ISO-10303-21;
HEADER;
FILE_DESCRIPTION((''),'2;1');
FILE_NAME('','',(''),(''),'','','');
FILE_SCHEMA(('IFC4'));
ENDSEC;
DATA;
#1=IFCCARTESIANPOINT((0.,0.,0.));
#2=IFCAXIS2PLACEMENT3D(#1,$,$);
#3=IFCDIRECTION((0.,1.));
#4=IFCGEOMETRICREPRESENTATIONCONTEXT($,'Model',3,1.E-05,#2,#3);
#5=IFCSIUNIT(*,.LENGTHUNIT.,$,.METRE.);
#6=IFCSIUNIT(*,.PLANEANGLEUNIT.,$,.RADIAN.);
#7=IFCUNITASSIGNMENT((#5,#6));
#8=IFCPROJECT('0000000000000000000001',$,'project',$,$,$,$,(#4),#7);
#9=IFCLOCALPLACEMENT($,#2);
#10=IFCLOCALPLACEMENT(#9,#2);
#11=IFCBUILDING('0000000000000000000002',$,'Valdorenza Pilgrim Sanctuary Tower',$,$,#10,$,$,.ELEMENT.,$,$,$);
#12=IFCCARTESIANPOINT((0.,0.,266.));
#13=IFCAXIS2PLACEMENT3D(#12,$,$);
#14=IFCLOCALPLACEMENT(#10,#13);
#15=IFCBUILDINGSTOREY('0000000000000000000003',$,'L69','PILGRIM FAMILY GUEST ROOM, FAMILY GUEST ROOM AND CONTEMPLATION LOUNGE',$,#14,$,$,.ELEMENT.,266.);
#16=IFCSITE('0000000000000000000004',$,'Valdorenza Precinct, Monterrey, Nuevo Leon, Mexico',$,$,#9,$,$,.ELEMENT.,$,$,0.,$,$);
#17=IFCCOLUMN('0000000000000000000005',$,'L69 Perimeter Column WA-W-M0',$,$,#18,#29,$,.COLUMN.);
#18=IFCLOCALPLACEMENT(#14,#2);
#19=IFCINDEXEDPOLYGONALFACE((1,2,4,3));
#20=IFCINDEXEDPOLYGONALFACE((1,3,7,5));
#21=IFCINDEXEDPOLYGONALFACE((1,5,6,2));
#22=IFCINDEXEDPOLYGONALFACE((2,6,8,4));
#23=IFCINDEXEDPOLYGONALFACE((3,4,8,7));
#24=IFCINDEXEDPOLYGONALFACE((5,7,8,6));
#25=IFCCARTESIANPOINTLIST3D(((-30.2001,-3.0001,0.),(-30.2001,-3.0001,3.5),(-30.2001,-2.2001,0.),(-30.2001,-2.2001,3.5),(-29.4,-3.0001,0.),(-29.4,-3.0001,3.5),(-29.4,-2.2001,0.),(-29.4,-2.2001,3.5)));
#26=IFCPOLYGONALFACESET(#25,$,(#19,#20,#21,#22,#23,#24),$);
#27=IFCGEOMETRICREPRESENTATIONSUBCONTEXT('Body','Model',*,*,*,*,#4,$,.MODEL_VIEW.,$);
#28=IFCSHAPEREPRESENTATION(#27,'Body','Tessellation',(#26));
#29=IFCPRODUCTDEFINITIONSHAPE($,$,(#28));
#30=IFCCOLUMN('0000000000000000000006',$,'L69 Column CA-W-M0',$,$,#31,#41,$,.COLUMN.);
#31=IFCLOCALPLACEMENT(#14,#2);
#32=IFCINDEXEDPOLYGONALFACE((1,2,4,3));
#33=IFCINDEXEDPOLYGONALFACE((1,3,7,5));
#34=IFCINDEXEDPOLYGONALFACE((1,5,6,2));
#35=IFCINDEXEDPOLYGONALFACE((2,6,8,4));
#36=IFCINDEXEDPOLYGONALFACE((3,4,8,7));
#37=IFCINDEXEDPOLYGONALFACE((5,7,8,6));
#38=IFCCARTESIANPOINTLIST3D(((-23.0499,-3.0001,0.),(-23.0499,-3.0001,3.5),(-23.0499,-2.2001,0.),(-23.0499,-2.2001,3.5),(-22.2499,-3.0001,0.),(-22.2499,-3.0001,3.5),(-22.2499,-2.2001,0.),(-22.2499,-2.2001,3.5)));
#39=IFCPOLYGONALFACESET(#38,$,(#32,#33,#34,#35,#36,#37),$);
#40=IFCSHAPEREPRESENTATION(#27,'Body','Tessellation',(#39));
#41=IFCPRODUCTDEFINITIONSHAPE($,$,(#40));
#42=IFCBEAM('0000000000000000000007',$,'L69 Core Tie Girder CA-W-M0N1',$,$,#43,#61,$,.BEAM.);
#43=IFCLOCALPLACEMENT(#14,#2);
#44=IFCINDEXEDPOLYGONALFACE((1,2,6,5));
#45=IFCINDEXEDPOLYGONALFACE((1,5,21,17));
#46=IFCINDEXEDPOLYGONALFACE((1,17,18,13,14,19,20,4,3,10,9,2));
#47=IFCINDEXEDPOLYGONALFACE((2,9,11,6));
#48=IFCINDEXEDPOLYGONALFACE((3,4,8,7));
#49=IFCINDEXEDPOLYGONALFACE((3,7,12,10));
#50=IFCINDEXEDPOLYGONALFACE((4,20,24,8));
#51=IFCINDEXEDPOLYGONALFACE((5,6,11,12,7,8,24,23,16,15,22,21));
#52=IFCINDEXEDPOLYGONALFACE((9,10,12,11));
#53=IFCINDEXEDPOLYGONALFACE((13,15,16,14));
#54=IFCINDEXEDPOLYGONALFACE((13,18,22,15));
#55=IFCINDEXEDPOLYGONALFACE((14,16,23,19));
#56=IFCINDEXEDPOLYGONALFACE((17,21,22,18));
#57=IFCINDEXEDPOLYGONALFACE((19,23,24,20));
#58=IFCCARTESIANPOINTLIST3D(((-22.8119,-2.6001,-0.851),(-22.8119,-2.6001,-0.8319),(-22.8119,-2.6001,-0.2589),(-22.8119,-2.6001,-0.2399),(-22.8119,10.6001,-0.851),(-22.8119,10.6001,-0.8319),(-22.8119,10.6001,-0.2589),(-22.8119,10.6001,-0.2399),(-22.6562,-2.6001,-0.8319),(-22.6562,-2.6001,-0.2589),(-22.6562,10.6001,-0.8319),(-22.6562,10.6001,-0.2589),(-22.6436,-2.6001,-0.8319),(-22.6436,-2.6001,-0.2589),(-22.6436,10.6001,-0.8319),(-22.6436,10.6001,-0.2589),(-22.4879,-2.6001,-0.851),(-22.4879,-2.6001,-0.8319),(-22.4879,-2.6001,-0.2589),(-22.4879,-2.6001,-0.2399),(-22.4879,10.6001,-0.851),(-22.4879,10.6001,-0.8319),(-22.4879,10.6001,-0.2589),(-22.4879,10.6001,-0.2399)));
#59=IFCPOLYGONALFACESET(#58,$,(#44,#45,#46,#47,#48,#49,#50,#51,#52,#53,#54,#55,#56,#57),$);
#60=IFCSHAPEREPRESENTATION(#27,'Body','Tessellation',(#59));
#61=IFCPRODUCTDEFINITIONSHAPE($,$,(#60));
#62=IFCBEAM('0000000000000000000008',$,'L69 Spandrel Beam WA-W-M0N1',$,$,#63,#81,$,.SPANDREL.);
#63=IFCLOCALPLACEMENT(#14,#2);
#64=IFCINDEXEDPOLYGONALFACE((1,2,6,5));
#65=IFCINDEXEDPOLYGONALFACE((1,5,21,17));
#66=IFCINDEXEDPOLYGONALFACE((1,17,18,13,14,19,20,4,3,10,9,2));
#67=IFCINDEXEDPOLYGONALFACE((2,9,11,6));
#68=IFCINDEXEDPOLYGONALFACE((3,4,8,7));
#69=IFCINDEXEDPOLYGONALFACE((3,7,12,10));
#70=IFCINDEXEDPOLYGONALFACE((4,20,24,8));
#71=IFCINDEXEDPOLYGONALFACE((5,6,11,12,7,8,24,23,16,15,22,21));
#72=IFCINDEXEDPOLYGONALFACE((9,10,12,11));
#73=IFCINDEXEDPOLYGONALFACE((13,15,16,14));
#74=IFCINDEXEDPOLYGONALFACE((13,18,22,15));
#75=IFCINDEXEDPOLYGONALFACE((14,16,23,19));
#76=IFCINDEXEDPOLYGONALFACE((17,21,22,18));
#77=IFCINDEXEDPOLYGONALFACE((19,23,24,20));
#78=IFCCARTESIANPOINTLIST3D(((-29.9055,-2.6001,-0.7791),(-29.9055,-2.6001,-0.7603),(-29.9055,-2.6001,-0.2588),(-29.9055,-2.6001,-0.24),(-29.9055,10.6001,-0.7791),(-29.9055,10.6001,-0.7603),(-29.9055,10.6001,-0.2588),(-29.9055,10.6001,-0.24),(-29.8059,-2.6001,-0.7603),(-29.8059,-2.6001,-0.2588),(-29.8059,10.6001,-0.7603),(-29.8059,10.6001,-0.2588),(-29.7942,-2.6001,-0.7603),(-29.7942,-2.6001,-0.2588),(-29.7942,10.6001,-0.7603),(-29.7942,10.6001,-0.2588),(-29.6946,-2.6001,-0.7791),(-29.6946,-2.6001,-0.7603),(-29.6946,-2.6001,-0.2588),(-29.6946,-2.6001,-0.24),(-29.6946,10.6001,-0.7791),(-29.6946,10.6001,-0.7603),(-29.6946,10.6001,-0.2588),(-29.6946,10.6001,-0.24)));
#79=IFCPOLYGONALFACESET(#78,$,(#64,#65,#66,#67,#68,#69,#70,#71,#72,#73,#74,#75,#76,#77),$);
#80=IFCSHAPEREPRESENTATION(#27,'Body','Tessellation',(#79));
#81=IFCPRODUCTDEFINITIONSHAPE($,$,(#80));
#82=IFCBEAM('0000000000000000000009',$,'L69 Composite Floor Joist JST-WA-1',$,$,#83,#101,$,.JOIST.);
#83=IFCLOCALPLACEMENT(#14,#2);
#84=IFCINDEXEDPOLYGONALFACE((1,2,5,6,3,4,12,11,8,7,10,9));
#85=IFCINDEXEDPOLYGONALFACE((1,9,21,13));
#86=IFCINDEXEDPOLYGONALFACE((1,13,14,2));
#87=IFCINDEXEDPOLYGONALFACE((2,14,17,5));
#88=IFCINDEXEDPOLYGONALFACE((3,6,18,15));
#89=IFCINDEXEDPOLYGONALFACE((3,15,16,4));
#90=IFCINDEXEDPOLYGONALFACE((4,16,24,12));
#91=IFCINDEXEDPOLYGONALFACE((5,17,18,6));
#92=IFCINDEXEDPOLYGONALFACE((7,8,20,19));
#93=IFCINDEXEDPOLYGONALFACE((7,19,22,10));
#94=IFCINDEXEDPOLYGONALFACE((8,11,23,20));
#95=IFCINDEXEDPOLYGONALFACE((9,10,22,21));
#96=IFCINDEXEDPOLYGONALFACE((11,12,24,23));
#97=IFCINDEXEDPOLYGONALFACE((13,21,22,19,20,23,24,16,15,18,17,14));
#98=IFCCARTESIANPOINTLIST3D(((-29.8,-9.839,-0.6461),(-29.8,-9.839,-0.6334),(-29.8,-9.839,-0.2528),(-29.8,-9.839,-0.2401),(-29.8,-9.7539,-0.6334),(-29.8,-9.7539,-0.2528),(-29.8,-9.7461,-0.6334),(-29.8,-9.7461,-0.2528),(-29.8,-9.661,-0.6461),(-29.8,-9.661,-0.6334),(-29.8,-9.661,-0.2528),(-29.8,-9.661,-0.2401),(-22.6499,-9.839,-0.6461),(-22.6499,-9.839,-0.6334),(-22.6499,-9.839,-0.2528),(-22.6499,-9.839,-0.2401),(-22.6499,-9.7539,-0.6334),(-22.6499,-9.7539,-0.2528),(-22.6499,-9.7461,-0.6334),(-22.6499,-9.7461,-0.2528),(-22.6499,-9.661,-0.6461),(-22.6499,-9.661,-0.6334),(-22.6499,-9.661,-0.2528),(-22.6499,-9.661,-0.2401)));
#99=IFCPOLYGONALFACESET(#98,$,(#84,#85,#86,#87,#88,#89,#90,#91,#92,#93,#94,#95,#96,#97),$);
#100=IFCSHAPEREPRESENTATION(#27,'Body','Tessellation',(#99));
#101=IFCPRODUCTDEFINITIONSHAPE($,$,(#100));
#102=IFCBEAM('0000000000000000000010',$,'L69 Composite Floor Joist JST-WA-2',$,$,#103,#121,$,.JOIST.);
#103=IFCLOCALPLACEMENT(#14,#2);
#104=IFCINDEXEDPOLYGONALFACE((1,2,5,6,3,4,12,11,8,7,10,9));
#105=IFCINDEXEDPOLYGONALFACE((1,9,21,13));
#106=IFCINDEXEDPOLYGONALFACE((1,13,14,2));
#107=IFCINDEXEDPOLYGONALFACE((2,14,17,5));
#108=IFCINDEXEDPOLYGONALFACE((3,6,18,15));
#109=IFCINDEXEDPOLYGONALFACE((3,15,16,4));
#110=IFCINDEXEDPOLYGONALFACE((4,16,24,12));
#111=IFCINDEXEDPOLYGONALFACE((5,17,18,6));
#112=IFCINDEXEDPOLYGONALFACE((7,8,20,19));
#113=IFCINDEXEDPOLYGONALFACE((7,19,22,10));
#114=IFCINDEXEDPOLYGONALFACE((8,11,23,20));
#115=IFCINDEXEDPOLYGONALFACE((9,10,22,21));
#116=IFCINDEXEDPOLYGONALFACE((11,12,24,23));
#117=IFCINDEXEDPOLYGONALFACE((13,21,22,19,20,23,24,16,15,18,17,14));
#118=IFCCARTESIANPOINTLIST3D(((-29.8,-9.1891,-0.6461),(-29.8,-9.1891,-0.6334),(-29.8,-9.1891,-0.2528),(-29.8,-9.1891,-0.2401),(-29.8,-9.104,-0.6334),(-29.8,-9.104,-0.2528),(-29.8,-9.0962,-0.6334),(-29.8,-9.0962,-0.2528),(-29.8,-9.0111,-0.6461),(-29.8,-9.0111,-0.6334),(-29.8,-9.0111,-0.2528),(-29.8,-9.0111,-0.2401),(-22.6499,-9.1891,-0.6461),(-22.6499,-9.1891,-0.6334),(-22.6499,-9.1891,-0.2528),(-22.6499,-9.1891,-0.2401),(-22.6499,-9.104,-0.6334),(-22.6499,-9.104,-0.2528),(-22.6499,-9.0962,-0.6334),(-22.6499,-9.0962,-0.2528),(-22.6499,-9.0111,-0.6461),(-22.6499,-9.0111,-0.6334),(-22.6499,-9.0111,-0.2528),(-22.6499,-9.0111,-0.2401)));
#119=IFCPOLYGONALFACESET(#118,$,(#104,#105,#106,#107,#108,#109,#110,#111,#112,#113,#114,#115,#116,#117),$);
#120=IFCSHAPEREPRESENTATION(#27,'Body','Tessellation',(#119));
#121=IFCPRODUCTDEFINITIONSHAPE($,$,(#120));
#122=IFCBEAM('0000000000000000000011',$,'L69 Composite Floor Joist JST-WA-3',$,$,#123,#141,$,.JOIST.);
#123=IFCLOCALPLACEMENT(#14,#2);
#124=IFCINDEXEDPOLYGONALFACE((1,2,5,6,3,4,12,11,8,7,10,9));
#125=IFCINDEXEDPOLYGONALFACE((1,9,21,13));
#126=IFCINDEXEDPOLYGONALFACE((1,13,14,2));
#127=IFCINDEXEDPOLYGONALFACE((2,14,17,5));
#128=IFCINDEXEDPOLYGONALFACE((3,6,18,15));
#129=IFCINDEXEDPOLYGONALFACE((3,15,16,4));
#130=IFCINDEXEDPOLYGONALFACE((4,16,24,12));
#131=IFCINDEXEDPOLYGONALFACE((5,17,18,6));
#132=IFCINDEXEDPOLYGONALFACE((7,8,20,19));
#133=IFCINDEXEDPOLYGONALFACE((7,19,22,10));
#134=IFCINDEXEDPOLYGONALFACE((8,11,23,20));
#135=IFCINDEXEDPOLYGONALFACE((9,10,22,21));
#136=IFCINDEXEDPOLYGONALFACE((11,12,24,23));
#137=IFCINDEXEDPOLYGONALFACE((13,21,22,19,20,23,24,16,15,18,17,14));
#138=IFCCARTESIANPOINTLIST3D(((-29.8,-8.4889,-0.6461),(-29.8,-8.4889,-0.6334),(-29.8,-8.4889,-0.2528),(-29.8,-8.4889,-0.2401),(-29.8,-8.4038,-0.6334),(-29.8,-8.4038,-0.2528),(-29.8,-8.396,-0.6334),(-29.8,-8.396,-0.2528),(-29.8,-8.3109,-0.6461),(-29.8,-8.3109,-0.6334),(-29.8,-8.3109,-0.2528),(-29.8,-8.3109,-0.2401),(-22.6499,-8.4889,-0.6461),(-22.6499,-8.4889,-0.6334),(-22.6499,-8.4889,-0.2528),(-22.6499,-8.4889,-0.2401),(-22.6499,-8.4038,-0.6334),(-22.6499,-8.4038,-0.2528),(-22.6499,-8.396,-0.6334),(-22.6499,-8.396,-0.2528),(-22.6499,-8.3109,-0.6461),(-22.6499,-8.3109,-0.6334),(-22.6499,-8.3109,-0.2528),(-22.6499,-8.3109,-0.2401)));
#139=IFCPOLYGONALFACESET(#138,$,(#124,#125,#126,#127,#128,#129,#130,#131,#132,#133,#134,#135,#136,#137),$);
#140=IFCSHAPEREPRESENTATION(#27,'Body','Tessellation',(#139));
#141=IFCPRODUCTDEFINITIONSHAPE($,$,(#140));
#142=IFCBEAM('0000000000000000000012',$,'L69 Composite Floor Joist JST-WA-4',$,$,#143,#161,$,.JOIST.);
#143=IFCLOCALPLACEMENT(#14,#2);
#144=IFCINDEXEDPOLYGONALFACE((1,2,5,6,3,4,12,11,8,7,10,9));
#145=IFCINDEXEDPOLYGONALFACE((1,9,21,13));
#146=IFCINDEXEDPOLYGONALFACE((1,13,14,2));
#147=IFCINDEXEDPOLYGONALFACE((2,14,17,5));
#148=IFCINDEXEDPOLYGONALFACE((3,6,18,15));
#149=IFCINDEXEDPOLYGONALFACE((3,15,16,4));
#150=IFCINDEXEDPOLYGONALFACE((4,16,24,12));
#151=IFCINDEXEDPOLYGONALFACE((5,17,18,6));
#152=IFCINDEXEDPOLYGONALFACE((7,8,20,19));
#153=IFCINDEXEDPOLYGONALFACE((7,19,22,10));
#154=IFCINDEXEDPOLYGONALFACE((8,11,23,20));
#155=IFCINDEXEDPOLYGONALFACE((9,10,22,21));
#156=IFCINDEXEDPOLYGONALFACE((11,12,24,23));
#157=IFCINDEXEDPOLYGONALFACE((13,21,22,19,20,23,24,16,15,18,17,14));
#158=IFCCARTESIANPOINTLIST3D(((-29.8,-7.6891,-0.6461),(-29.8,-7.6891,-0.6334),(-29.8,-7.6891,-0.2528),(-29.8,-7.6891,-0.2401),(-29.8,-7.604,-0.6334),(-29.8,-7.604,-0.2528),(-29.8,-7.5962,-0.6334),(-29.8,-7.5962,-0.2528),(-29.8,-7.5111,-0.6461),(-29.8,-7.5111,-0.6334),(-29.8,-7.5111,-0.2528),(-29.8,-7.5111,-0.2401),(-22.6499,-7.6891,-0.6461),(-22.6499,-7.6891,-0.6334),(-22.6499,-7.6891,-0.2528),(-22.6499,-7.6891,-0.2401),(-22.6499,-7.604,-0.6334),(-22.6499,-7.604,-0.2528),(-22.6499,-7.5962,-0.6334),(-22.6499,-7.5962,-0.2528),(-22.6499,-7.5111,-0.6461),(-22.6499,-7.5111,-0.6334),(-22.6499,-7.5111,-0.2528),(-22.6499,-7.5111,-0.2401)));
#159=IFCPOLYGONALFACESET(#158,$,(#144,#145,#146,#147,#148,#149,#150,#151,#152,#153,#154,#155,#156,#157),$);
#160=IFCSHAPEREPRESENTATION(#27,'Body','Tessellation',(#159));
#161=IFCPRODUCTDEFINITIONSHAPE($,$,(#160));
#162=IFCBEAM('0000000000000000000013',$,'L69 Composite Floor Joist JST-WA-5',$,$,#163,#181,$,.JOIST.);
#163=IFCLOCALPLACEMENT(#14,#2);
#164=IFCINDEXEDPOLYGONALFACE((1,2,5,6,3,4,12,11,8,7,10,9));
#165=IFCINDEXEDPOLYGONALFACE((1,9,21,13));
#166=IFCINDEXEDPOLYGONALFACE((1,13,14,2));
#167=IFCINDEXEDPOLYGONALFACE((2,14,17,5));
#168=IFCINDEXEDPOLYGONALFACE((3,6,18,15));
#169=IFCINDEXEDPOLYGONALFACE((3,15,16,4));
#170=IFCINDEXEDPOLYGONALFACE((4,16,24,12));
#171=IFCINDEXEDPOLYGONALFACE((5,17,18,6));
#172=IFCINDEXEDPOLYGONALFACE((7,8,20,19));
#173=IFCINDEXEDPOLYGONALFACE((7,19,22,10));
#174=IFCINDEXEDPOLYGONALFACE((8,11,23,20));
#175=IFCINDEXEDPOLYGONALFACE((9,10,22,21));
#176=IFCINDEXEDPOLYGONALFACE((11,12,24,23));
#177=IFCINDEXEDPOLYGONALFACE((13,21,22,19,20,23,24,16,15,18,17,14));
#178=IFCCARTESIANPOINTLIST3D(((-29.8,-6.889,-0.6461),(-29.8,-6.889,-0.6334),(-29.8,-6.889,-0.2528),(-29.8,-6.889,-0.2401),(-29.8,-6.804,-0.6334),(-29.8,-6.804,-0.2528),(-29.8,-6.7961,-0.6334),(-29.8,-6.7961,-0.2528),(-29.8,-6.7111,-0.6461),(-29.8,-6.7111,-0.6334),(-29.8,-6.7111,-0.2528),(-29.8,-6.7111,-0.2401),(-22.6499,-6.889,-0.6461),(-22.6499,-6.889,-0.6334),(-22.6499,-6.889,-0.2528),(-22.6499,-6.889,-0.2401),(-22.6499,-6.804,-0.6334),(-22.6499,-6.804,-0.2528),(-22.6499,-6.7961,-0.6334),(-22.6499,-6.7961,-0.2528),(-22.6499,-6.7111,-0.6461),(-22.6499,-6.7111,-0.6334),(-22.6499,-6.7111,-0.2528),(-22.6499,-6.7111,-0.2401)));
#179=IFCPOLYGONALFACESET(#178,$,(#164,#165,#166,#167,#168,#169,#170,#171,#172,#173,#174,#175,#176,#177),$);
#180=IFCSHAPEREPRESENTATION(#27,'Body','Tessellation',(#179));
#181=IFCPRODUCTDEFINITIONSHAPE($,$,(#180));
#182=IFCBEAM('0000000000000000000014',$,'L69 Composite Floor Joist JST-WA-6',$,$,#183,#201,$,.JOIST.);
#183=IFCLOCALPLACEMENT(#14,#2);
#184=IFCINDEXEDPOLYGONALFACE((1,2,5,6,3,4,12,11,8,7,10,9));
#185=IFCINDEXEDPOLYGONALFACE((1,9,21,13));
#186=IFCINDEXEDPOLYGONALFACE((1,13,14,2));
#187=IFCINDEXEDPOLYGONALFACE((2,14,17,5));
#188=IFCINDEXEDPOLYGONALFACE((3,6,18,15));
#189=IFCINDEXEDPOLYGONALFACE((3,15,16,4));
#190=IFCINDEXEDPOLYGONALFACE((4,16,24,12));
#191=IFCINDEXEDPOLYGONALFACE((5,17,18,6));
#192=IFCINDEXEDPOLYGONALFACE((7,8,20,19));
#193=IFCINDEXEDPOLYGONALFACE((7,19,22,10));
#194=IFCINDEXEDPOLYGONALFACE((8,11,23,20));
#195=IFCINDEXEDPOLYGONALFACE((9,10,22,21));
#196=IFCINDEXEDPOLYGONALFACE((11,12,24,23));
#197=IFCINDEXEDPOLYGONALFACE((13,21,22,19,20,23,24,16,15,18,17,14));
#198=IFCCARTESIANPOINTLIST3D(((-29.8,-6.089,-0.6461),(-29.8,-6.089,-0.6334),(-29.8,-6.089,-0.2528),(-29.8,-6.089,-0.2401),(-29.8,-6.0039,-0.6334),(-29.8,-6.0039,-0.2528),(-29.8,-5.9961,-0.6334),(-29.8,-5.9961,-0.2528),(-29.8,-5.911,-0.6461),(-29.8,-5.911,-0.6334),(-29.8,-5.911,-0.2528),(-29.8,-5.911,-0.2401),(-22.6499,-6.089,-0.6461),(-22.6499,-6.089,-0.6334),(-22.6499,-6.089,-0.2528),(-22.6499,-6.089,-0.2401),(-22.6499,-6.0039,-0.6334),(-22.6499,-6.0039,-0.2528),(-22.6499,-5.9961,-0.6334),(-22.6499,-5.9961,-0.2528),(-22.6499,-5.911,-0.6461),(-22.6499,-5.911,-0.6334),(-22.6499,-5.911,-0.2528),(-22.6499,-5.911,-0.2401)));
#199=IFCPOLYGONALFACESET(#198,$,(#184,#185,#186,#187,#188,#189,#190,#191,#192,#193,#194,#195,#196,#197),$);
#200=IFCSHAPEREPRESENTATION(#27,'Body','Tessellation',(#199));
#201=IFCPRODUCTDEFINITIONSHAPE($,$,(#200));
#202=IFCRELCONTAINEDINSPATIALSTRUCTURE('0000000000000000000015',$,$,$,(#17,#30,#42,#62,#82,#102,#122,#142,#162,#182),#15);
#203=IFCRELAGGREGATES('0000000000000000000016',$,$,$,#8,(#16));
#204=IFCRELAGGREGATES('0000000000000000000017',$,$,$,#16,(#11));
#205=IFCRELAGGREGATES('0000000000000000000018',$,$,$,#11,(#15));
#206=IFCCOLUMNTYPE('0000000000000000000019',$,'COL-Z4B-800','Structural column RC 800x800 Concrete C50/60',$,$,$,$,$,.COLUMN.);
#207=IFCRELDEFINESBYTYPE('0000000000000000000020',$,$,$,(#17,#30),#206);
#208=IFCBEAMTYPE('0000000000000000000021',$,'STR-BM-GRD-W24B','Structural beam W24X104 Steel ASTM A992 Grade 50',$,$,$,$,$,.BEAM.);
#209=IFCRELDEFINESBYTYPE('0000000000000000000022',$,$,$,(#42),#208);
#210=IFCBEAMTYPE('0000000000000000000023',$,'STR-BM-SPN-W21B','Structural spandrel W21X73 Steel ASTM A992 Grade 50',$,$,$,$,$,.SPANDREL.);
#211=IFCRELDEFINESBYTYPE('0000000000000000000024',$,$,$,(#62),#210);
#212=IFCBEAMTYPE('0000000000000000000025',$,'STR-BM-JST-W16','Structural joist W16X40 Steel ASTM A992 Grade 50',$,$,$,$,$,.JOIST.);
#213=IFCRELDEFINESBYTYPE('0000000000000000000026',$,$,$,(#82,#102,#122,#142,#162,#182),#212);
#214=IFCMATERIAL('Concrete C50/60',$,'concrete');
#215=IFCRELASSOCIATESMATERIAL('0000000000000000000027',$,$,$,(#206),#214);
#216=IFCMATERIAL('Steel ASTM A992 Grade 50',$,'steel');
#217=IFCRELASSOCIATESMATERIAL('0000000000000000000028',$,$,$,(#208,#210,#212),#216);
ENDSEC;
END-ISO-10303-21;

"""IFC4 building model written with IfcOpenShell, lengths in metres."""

from ifc_helpers import new_model, si_unit, direction, frame, origin, origin_2d, place, context, subcontext, project, spatial, rectangle, i_section, extrude, source, transform, mapped, material, material_profile, profile_set, type_object, element, save


model = new_model("IFC4")

# Units and contexts
model_context = context("Model", 3, precision=1e-05, world=origin(), true_north=direction((0.0, 1.0)))
body_context = subcontext(model_context, "Body", "Model", "MODEL_VIEW")
ifc_project = project(units=[si_unit("LENGTHUNIT", "METRE"), si_unit("PLANEANGLEUNIT", "RADIAN")], contexts=[model_context])

# Site, building, storey
site_placement = place(None, origin())
site = spatial("IfcSite", under=ifc_project, at=site_placement, Name="Valdorenza Precinct, Monterrey, Nuevo Leon, Mexico", CompositionType="ELEMENT", RefElevation=0.0)
building_placement = place(site_placement, origin())
building = spatial("IfcBuilding", under=site, at=building_placement, Name="Valdorenza Pilgrim Sanctuary Tower", CompositionType="ELEMENT")
storey_placement = place(building_placement, frame((0.0, 0.0, 266.0)))
storey = spatial("IfcBuildingStorey", under=building, at=storey_placement, Name="L69", Description="PILGRIM FAMILY GUEST ROOM, FAMILY GUEST ROOM AND CONTEMPLATION LOUNGE", CompositionType="ELEMENT", Elevation=266.0)

# Columns
ifc_material_1 = material(Name="Concrete C50/60", Category="concrete")
ifc_material_profile_1 = material_profile(ifc_material_1, rectangle(XDim=0.8, YDim=0.8, at=origin_2d()), Name="RC 800x800")
ifc_profile_set_1 = profile_set([ifc_material_profile_1], Name="Concrete C50/60")
column_type = type_object("IfcColumnType", Name="COL-Z4B-800", Description="Structural column RC 800x800 Concrete C50/60", PredefinedType="COLUMN", material=ifc_profile_set_1)
shared_shape_1 = source(origin(), body_context, "Body", "SweptSolid", [
    extrude(rectangle(XDim=0.8, YDim=0.8, at=origin_2d()), origin(), (0.0, 0.0, 1.0), 3.5),
])
for number, where, z_axis, x_axis, name in (
    (1, (-29.8, -2.6001, 0.0), (0.0, 0.0, 1.0), (1.0, 0.0, 0.0), "L69 Perimeter Column WA-W-M0"),
    (2, (-22.6499, -2.6001, 0.0), (0.0, 0.0, 1.0), (1.0, 0.0, 0.0), "L69 Column CA-W-M0"),
):
    element("IfcColumn", number, at=place(storey_placement, frame(where, z_axis=z_axis, x_axis=x_axis)), inside=storey, type_object=column_type, Name=name, PredefinedType="COLUMN", context=body_context, shape_type="MappedRepresentation", body=[
        mapped(shared_shape_1, transform((0.0, 0.0, 0.0), x_axis=(1.0, 0.0, 0.0), y_axis=(0.0, 1.0, 0.0), z_axis=(0.0, 0.0, 1.0), scale=1.0)),
    ])

# Beams
ifc_material_2 = material(Name="Steel ASTM A992 Grade 50", Category="steel")
ifc_material_profile_2 = material_profile(ifc_material_2, i_section(OverallWidth=0.324, OverallDepth=0.6111, WebThickness=0.0127, FlangeThickness=0.019, at=origin_2d()), Name="W24X104")
ifc_profile_set_2 = profile_set([ifc_material_profile_2], Name="Steel ASTM A992 Grade 50")
beam_type_1 = type_object("IfcBeamType", Name="STR-BM-GRD-W24B", Description="Structural beam W24X104 Steel ASTM A992 Grade 50", PredefinedType="BEAM", material=ifc_profile_set_2)
shared_shape_2 = source(origin(), body_context, "Body", "SweptSolid", [
    extrude(i_section(OverallWidth=0.324, OverallDepth=0.6111, WebThickness=0.0127, FlangeThickness=0.019, at=origin_2d()), origin(), (0.0, 0.0, 1.0), 13.2002),
])
beam_1_placement = place(storey_placement, frame((-22.6499, -2.6001, -0.5454), z_axis=(0.0, 1.0, 0.0), x_axis=(-1.0, 0.0, 0.0)))
element("IfcBeam", 3, at=beam_1_placement, inside=storey, type_object=beam_type_1, Name="L69 Core Tie Girder CA-W-M0N1", PredefinedType="BEAM", context=body_context, shape_type="MappedRepresentation", body=[
    mapped(shared_shape_2, transform((0.0, 0.0, 0.0), x_axis=(1.0, 0.0, 0.0), y_axis=(0.0, 1.0, 0.0), z_axis=(0.0, 0.0, 1.0), scale=1.0)),
])
ifc_material_profile_3 = material_profile(ifc_material_2, i_section(OverallWidth=0.2109, OverallDepth=0.5391, WebThickness=0.0117, FlangeThickness=0.0188, at=origin_2d()), Name="W21X73")
ifc_profile_set_3 = profile_set([ifc_material_profile_3], Name="Steel ASTM A992 Grade 50")
beam_type_2 = type_object("IfcBeamType", Name="STR-BM-SPN-W21B", Description="Structural spandrel W21X73 Steel ASTM A992 Grade 50", PredefinedType="SPANDREL", material=ifc_profile_set_3)
shared_shape_3 = source(origin(), body_context, "Body", "SweptSolid", [
    extrude(i_section(OverallWidth=0.2109, OverallDepth=0.5391, WebThickness=0.0117, FlangeThickness=0.0188, at=origin_2d()), origin(), (0.0, 0.0, 1.0), 13.2002),
])
beam_2_placement = place(storey_placement, frame((-29.8, -2.6001, -0.5095), z_axis=(0.0, 1.0, 0.0), x_axis=(-1.0, 0.0, 0.0)))
element("IfcBeam", 4, at=beam_2_placement, inside=storey, type_object=beam_type_2, Name="L69 Spandrel Beam WA-W-M0N1", PredefinedType="SPANDREL", context=body_context, shape_type="MappedRepresentation", body=[
    mapped(shared_shape_3, transform((0.0, 0.0, 0.0), x_axis=(1.0, 0.0, 0.0), y_axis=(0.0, 1.0, 0.0), z_axis=(0.0, 0.0, 1.0), scale=1.0)),
])
ifc_material_profile_4 = material_profile(ifc_material_2, i_section(OverallWidth=0.178, OverallDepth=0.406, WebThickness=0.0078, FlangeThickness=0.0127, at=origin_2d()), Name="W16X40")
ifc_profile_set_4 = profile_set([ifc_material_profile_4], Name="Steel ASTM A992 Grade 50")
beam_type_3 = type_object("IfcBeamType", Name="STR-BM-JST-W16", Description="Structural joist W16X40 Steel ASTM A992 Grade 50", PredefinedType="JOIST", material=ifc_profile_set_4)
shared_shape_4 = source(origin(), body_context, "Body", "SweptSolid", [
    extrude(i_section(OverallWidth=0.178, OverallDepth=0.406, WebThickness=0.0078, FlangeThickness=0.0127, at=origin_2d()), origin(), (0.0, 0.0, 1.0), 7.1501),
])
for number, where, z_axis, x_axis, name in (
    (5, (-29.8, -9.75, -0.4431), (1.0, 0.0, 0.0), (0.0, 1.0, 0.0), "L69 Composite Floor Joist JST-WA-1"),
    (6, (-29.8, -9.1001, -0.4431), (1.0, 0.0, 0.0), (0.0, 1.0, 0.0), "L69 Composite Floor Joist JST-WA-2"),
    (7, (-29.8, -8.3999, -0.4431), (1.0, 0.0, 0.0), (0.0, 1.0, 0.0), "L69 Composite Floor Joist JST-WA-3"),
    (8, (-29.8, -7.6001, -0.4431), (1.0, 0.0, 0.0), (0.0, 1.0, 0.0), "L69 Composite Floor Joist JST-WA-4"),
    (9, (-29.8, -6.8, -0.4431), (1.0, 0.0, 0.0), (0.0, 1.0, 0.0), "L69 Composite Floor Joist JST-WA-5"),
    (10, (-29.8, -6.0, -0.4431), (1.0, 0.0, 0.0), (0.0, 1.0, 0.0), "L69 Composite Floor Joist JST-WA-6"),
):
    element("IfcBeam", number, at=place(storey_placement, frame(where, z_axis=z_axis, x_axis=x_axis)), inside=storey, type_object=beam_type_3, Name=name, PredefinedType="JOIST", context=body_context, shape_type="MappedRepresentation", body=[
        mapped(shared_shape_4, transform((0.0, 0.0, 0.0), x_axis=(1.0, 0.0, 0.0), y_axis=(0.0, 1.0, 0.0), z_axis=(0.0, 0.0, 1.0), scale=1.0)),
    ])

save(model, "model.ifc")
